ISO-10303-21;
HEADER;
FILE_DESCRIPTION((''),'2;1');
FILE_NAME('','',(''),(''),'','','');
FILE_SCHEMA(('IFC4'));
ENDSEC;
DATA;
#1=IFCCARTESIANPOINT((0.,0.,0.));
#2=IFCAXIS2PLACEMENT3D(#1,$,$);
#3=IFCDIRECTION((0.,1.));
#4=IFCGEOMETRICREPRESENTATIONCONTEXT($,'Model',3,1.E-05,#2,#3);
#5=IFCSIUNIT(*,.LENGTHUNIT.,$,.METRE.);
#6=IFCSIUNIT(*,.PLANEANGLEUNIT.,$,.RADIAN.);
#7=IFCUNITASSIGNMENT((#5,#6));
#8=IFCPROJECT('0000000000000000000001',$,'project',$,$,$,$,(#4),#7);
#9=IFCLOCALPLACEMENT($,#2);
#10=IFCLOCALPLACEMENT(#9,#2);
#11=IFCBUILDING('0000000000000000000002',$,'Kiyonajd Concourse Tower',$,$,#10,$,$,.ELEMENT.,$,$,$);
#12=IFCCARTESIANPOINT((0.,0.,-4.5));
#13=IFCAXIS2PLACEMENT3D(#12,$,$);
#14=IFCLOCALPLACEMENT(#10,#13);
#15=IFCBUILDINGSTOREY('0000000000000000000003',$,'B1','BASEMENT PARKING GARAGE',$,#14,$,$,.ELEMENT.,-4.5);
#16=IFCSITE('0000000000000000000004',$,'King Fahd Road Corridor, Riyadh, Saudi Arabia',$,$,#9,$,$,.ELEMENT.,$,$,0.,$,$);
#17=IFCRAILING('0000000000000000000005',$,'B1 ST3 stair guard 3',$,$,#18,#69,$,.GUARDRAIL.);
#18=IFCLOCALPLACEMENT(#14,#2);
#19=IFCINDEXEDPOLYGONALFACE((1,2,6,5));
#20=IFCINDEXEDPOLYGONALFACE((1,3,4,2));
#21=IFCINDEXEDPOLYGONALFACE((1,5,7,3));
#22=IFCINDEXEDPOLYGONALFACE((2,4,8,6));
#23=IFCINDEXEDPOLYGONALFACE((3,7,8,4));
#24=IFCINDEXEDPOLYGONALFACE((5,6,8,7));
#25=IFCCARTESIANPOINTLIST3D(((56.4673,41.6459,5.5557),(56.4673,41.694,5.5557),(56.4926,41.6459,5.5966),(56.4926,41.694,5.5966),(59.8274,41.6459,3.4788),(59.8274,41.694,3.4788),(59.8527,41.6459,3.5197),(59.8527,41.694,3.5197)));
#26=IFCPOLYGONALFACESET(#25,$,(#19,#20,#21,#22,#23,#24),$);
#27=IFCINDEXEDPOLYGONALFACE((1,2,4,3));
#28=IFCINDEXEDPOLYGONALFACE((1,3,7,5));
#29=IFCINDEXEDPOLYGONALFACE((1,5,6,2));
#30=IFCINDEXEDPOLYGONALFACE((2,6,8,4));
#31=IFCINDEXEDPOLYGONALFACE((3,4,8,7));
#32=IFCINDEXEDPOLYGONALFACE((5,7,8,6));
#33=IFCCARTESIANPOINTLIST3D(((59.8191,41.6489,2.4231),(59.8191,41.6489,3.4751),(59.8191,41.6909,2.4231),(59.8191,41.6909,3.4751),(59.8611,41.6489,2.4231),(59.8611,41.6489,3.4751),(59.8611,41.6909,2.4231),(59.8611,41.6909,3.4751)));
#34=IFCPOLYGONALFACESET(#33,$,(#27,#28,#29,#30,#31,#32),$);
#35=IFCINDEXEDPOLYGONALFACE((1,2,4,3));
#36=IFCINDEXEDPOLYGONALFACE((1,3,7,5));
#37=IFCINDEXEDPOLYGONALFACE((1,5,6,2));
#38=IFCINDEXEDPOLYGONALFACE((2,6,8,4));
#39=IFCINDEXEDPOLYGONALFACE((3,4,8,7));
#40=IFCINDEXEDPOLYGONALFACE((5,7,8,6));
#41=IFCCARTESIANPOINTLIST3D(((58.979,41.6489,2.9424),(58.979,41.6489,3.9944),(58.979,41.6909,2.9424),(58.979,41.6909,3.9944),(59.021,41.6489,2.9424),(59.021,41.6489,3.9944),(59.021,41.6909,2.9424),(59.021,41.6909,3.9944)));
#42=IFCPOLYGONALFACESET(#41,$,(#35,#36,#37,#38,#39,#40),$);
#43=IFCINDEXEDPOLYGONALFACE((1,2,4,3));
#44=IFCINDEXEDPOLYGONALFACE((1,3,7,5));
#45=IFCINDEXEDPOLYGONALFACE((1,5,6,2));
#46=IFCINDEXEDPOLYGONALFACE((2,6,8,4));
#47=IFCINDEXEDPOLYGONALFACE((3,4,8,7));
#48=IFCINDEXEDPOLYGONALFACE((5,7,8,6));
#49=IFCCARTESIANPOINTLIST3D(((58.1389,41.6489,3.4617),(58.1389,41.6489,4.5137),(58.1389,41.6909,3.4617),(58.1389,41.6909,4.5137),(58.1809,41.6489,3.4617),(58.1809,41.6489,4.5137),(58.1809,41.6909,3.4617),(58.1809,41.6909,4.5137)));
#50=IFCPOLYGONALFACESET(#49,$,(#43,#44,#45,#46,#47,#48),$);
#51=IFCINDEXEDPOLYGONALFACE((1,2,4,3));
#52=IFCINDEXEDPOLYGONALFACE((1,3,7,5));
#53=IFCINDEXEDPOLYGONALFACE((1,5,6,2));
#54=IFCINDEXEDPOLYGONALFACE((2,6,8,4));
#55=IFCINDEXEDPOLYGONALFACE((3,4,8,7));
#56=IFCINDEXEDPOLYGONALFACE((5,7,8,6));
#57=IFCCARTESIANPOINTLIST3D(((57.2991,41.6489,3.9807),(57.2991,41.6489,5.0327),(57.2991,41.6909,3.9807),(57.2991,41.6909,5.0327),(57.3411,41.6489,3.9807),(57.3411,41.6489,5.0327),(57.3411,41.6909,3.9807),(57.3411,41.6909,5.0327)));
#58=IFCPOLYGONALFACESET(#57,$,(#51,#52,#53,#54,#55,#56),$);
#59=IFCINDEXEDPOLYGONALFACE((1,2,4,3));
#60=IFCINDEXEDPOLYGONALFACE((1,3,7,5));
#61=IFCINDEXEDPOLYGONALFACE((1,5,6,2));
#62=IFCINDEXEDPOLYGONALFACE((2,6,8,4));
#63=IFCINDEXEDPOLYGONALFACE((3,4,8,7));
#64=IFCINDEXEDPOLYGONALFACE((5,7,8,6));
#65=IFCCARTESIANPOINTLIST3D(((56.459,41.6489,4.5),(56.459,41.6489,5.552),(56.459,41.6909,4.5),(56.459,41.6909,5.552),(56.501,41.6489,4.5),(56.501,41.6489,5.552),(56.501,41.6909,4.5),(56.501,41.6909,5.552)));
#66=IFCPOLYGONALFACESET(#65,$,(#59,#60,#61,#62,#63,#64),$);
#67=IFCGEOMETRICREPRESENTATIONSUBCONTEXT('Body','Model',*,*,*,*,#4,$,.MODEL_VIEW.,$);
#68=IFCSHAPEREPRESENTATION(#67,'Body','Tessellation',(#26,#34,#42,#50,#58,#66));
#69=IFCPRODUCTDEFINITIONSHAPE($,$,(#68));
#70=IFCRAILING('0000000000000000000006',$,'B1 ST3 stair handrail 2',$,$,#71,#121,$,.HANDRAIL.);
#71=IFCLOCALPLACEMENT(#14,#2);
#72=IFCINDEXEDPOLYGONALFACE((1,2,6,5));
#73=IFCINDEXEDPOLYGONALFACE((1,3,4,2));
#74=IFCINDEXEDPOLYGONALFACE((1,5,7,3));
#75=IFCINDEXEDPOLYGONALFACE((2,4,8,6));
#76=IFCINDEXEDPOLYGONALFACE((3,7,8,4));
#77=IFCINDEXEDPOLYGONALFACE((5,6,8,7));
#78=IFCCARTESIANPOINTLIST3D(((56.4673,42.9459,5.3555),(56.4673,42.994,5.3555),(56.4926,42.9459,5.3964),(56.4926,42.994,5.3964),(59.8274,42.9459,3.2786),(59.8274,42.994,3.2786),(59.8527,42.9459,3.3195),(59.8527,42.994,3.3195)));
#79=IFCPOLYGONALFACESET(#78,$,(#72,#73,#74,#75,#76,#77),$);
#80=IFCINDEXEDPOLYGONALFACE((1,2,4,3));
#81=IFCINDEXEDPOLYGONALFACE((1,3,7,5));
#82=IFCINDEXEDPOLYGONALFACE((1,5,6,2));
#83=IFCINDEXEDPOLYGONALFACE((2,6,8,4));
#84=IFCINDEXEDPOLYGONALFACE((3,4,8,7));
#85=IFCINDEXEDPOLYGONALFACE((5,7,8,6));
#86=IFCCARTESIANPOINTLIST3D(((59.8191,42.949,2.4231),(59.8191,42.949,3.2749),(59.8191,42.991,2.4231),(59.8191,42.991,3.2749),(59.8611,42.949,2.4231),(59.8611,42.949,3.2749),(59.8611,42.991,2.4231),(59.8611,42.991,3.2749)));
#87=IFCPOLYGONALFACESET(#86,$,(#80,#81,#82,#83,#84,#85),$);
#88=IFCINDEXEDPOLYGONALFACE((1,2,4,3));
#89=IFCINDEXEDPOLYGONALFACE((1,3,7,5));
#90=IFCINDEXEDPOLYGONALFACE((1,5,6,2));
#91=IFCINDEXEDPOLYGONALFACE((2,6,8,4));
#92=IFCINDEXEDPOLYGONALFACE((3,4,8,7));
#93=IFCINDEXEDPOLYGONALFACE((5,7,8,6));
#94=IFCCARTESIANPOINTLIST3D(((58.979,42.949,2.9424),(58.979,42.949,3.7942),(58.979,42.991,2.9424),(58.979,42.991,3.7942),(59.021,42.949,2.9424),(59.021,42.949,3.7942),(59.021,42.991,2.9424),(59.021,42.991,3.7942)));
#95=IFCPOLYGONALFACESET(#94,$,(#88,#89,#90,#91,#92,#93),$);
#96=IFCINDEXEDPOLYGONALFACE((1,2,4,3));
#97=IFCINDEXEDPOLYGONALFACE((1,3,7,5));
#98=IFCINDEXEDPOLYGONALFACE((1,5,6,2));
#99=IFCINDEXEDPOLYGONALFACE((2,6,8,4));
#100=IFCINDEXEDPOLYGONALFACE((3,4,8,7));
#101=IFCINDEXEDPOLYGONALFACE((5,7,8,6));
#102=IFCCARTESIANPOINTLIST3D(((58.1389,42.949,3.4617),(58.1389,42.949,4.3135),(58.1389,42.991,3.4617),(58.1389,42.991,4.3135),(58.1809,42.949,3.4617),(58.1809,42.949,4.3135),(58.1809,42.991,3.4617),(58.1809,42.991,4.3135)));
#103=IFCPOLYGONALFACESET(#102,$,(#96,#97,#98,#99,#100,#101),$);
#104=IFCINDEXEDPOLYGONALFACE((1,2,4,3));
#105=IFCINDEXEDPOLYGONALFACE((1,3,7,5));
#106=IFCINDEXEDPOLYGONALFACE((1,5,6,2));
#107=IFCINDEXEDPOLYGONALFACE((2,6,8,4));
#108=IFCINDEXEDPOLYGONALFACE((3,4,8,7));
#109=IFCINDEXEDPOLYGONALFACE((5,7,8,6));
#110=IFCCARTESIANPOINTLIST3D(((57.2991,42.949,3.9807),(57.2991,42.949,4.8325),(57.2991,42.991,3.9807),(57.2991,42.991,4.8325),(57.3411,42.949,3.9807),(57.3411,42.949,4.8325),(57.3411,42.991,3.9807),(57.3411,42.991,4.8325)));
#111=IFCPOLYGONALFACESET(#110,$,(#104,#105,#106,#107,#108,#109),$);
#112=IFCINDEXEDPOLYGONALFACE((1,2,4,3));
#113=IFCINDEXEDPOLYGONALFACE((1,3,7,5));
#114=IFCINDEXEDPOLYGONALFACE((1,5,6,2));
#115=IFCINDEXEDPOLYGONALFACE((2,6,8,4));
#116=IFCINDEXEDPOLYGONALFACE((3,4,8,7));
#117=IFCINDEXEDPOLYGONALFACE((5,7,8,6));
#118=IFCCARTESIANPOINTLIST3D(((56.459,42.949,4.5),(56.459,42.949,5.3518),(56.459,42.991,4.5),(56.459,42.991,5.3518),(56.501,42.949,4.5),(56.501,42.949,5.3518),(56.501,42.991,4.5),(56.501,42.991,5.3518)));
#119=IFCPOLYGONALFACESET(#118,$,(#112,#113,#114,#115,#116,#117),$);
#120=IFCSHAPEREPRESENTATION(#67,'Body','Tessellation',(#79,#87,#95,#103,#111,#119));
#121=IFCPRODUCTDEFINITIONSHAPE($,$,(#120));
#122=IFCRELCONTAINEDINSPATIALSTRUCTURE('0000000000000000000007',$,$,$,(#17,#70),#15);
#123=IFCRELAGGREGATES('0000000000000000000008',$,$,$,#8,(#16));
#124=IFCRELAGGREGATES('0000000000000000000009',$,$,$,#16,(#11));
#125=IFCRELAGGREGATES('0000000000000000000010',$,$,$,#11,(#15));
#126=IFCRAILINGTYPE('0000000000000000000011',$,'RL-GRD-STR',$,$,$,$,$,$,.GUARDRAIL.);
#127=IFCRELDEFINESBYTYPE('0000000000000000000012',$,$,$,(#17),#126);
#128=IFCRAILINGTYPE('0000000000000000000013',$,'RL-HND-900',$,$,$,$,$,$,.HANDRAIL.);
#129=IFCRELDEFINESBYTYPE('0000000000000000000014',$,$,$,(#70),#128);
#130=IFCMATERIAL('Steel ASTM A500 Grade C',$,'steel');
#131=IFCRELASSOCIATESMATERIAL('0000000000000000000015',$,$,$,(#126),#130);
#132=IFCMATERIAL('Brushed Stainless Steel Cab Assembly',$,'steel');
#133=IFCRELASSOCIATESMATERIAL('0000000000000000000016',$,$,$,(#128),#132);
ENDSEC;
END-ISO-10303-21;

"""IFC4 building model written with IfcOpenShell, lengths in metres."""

from ifc_helpers import new_model, si_unit, direction, frame, origin, origin_2d, place, context, subcontext, project, spatial, rectangle, extrude, material, type_object, element, save


model = new_model("IFC4")

# Units and contexts
model_context = context("Model", 3, precision=1e-05, world=origin(), true_north=direction((0.0, 1.0)))
body_context = subcontext(model_context, "Body", "Model", "MODEL_VIEW")
ifc_project = project(units=[si_unit("LENGTHUNIT", "METRE"), si_unit("PLANEANGLEUNIT", "RADIAN")], contexts=[model_context])

# Site, building, storey
site_placement = place(None, origin())
site = spatial("IfcSite", under=ifc_project, at=site_placement, Name="King Fahd Road Corridor, Riyadh, Saudi Arabia", CompositionType="ELEMENT", RefElevation=0.0)
building_placement = place(site_placement, origin())
building = spatial("IfcBuilding", under=site, at=building_placement, Name="Kiyonajd Concourse Tower", CompositionType="ELEMENT")
storey_placement = place(building_placement, frame((0.0, 0.0, -4.5)))
storey = spatial("IfcBuildingStorey", under=building, at=storey_placement, Name="B1", Description="BASEMENT PARKING GARAGE", CompositionType="ELEMENT", Elevation=-4.5)

# Railings
ifc_material_1 = material(Name="Steel ASTM A500 Grade C", Category="steel")
railing_type_1 = type_object("IfcRailingType", Name="RL-GRD-STR", PredefinedType="GUARDRAIL", material=ifc_material_1)
railing_1_placement = place(storey_placement, frame((59.8401, 41.6699, 2.4231)))
element("IfcRailing", 1, at=railing_1_placement, inside=storey, type_object=railing_type_1, Name="B1 ST3 stair guard 3", PredefinedType="GUARDRAIL", context=body_context, shape_type="SweptSolid", body=[
    extrude(rectangle(XDim=0.0481, YDim=0.0481, at=origin_2d()), frame((0.0, 0.0, 1.0762), z_axis=(-0.850623, 0.0, 0.525776), x_axis=(0.0, -1.0, 0.0)), (0.0, 0.0, 1.0), 3.9502),
    extrude(rectangle(XDim=0.042, YDim=0.042, at=origin_2d()), origin(), (0.0, 0.0, 1.0), 1.052),
    extrude(rectangle(XDim=0.042, YDim=0.042, at=origin_2d()), frame((-0.8401, 0.0, 0.5193)), (0.0, 0.0, 1.0), 1.052),
    extrude(rectangle(XDim=0.042, YDim=0.042, at=origin_2d()), frame((-1.6802, 0.0, 1.0386)), (0.0, 0.0, 1.0), 1.052),
    extrude(rectangle(XDim=0.042, YDim=0.042, at=origin_2d()), frame((-2.52, 0.0, 1.5576)), (0.0, 0.0, 1.0), 1.052),
    extrude(rectangle(XDim=0.042, YDim=0.042, at=origin_2d()), frame((-3.3601, 0.0, 2.0769)), (0.0, 0.0, 1.0), 1.052),
])
ifc_material_2 = material(Name="Brushed Stainless Steel Cab Assembly", Category="steel")
railing_type_2 = type_object("IfcRailingType", Name="RL-HND-900", PredefinedType="HANDRAIL", material=ifc_material_2)
railing_2_placement = place(storey_placement, frame((59.8401, 42.97, 2.4231)))
element("IfcRailing", 2, at=railing_2_placement, inside=storey, type_object=railing_type_2, Name="B1 ST3 stair handrail 2", PredefinedType="HANDRAIL", context=body_context, shape_type="SweptSolid", body=[
    extrude(rectangle(XDim=0.0481, YDim=0.0481, at=origin_2d()), frame((0.0, 0.0, 0.876), z_axis=(-0.850623, 0.0, 0.525776), x_axis=(0.0, -1.0, 0.0)), (0.0, 0.0, 1.0), 3.9502),
    extrude(rectangle(XDim=0.042, YDim=0.042, at=origin_2d()), origin(), (0.0, 0.0, 1.0), 0.8518),
    extrude(rectangle(XDim=0.042, YDim=0.042, at=origin_2d()), frame((-0.8401, 0.0, 0.5193)), (0.0, 0.0, 1.0), 0.8518),
    extrude(rectangle(XDim=0.042, YDim=0.042, at=origin_2d()), frame((-1.6802, 0.0, 1.0386)), (0.0, 0.0, 1.0), 0.8518),
    extrude(rectangle(XDim=0.042, YDim=0.042, at=origin_2d()), frame((-2.52, 0.0, 1.5576)), (0.0, 0.0, 1.0), 0.8518),
    extrude(rectangle(XDim=0.042, YDim=0.042, at=origin_2d()), frame((-3.3601, 0.0, 2.0769)), (0.0, 0.0, 1.0), 0.8518),
])

save(model, "model.ifc")
